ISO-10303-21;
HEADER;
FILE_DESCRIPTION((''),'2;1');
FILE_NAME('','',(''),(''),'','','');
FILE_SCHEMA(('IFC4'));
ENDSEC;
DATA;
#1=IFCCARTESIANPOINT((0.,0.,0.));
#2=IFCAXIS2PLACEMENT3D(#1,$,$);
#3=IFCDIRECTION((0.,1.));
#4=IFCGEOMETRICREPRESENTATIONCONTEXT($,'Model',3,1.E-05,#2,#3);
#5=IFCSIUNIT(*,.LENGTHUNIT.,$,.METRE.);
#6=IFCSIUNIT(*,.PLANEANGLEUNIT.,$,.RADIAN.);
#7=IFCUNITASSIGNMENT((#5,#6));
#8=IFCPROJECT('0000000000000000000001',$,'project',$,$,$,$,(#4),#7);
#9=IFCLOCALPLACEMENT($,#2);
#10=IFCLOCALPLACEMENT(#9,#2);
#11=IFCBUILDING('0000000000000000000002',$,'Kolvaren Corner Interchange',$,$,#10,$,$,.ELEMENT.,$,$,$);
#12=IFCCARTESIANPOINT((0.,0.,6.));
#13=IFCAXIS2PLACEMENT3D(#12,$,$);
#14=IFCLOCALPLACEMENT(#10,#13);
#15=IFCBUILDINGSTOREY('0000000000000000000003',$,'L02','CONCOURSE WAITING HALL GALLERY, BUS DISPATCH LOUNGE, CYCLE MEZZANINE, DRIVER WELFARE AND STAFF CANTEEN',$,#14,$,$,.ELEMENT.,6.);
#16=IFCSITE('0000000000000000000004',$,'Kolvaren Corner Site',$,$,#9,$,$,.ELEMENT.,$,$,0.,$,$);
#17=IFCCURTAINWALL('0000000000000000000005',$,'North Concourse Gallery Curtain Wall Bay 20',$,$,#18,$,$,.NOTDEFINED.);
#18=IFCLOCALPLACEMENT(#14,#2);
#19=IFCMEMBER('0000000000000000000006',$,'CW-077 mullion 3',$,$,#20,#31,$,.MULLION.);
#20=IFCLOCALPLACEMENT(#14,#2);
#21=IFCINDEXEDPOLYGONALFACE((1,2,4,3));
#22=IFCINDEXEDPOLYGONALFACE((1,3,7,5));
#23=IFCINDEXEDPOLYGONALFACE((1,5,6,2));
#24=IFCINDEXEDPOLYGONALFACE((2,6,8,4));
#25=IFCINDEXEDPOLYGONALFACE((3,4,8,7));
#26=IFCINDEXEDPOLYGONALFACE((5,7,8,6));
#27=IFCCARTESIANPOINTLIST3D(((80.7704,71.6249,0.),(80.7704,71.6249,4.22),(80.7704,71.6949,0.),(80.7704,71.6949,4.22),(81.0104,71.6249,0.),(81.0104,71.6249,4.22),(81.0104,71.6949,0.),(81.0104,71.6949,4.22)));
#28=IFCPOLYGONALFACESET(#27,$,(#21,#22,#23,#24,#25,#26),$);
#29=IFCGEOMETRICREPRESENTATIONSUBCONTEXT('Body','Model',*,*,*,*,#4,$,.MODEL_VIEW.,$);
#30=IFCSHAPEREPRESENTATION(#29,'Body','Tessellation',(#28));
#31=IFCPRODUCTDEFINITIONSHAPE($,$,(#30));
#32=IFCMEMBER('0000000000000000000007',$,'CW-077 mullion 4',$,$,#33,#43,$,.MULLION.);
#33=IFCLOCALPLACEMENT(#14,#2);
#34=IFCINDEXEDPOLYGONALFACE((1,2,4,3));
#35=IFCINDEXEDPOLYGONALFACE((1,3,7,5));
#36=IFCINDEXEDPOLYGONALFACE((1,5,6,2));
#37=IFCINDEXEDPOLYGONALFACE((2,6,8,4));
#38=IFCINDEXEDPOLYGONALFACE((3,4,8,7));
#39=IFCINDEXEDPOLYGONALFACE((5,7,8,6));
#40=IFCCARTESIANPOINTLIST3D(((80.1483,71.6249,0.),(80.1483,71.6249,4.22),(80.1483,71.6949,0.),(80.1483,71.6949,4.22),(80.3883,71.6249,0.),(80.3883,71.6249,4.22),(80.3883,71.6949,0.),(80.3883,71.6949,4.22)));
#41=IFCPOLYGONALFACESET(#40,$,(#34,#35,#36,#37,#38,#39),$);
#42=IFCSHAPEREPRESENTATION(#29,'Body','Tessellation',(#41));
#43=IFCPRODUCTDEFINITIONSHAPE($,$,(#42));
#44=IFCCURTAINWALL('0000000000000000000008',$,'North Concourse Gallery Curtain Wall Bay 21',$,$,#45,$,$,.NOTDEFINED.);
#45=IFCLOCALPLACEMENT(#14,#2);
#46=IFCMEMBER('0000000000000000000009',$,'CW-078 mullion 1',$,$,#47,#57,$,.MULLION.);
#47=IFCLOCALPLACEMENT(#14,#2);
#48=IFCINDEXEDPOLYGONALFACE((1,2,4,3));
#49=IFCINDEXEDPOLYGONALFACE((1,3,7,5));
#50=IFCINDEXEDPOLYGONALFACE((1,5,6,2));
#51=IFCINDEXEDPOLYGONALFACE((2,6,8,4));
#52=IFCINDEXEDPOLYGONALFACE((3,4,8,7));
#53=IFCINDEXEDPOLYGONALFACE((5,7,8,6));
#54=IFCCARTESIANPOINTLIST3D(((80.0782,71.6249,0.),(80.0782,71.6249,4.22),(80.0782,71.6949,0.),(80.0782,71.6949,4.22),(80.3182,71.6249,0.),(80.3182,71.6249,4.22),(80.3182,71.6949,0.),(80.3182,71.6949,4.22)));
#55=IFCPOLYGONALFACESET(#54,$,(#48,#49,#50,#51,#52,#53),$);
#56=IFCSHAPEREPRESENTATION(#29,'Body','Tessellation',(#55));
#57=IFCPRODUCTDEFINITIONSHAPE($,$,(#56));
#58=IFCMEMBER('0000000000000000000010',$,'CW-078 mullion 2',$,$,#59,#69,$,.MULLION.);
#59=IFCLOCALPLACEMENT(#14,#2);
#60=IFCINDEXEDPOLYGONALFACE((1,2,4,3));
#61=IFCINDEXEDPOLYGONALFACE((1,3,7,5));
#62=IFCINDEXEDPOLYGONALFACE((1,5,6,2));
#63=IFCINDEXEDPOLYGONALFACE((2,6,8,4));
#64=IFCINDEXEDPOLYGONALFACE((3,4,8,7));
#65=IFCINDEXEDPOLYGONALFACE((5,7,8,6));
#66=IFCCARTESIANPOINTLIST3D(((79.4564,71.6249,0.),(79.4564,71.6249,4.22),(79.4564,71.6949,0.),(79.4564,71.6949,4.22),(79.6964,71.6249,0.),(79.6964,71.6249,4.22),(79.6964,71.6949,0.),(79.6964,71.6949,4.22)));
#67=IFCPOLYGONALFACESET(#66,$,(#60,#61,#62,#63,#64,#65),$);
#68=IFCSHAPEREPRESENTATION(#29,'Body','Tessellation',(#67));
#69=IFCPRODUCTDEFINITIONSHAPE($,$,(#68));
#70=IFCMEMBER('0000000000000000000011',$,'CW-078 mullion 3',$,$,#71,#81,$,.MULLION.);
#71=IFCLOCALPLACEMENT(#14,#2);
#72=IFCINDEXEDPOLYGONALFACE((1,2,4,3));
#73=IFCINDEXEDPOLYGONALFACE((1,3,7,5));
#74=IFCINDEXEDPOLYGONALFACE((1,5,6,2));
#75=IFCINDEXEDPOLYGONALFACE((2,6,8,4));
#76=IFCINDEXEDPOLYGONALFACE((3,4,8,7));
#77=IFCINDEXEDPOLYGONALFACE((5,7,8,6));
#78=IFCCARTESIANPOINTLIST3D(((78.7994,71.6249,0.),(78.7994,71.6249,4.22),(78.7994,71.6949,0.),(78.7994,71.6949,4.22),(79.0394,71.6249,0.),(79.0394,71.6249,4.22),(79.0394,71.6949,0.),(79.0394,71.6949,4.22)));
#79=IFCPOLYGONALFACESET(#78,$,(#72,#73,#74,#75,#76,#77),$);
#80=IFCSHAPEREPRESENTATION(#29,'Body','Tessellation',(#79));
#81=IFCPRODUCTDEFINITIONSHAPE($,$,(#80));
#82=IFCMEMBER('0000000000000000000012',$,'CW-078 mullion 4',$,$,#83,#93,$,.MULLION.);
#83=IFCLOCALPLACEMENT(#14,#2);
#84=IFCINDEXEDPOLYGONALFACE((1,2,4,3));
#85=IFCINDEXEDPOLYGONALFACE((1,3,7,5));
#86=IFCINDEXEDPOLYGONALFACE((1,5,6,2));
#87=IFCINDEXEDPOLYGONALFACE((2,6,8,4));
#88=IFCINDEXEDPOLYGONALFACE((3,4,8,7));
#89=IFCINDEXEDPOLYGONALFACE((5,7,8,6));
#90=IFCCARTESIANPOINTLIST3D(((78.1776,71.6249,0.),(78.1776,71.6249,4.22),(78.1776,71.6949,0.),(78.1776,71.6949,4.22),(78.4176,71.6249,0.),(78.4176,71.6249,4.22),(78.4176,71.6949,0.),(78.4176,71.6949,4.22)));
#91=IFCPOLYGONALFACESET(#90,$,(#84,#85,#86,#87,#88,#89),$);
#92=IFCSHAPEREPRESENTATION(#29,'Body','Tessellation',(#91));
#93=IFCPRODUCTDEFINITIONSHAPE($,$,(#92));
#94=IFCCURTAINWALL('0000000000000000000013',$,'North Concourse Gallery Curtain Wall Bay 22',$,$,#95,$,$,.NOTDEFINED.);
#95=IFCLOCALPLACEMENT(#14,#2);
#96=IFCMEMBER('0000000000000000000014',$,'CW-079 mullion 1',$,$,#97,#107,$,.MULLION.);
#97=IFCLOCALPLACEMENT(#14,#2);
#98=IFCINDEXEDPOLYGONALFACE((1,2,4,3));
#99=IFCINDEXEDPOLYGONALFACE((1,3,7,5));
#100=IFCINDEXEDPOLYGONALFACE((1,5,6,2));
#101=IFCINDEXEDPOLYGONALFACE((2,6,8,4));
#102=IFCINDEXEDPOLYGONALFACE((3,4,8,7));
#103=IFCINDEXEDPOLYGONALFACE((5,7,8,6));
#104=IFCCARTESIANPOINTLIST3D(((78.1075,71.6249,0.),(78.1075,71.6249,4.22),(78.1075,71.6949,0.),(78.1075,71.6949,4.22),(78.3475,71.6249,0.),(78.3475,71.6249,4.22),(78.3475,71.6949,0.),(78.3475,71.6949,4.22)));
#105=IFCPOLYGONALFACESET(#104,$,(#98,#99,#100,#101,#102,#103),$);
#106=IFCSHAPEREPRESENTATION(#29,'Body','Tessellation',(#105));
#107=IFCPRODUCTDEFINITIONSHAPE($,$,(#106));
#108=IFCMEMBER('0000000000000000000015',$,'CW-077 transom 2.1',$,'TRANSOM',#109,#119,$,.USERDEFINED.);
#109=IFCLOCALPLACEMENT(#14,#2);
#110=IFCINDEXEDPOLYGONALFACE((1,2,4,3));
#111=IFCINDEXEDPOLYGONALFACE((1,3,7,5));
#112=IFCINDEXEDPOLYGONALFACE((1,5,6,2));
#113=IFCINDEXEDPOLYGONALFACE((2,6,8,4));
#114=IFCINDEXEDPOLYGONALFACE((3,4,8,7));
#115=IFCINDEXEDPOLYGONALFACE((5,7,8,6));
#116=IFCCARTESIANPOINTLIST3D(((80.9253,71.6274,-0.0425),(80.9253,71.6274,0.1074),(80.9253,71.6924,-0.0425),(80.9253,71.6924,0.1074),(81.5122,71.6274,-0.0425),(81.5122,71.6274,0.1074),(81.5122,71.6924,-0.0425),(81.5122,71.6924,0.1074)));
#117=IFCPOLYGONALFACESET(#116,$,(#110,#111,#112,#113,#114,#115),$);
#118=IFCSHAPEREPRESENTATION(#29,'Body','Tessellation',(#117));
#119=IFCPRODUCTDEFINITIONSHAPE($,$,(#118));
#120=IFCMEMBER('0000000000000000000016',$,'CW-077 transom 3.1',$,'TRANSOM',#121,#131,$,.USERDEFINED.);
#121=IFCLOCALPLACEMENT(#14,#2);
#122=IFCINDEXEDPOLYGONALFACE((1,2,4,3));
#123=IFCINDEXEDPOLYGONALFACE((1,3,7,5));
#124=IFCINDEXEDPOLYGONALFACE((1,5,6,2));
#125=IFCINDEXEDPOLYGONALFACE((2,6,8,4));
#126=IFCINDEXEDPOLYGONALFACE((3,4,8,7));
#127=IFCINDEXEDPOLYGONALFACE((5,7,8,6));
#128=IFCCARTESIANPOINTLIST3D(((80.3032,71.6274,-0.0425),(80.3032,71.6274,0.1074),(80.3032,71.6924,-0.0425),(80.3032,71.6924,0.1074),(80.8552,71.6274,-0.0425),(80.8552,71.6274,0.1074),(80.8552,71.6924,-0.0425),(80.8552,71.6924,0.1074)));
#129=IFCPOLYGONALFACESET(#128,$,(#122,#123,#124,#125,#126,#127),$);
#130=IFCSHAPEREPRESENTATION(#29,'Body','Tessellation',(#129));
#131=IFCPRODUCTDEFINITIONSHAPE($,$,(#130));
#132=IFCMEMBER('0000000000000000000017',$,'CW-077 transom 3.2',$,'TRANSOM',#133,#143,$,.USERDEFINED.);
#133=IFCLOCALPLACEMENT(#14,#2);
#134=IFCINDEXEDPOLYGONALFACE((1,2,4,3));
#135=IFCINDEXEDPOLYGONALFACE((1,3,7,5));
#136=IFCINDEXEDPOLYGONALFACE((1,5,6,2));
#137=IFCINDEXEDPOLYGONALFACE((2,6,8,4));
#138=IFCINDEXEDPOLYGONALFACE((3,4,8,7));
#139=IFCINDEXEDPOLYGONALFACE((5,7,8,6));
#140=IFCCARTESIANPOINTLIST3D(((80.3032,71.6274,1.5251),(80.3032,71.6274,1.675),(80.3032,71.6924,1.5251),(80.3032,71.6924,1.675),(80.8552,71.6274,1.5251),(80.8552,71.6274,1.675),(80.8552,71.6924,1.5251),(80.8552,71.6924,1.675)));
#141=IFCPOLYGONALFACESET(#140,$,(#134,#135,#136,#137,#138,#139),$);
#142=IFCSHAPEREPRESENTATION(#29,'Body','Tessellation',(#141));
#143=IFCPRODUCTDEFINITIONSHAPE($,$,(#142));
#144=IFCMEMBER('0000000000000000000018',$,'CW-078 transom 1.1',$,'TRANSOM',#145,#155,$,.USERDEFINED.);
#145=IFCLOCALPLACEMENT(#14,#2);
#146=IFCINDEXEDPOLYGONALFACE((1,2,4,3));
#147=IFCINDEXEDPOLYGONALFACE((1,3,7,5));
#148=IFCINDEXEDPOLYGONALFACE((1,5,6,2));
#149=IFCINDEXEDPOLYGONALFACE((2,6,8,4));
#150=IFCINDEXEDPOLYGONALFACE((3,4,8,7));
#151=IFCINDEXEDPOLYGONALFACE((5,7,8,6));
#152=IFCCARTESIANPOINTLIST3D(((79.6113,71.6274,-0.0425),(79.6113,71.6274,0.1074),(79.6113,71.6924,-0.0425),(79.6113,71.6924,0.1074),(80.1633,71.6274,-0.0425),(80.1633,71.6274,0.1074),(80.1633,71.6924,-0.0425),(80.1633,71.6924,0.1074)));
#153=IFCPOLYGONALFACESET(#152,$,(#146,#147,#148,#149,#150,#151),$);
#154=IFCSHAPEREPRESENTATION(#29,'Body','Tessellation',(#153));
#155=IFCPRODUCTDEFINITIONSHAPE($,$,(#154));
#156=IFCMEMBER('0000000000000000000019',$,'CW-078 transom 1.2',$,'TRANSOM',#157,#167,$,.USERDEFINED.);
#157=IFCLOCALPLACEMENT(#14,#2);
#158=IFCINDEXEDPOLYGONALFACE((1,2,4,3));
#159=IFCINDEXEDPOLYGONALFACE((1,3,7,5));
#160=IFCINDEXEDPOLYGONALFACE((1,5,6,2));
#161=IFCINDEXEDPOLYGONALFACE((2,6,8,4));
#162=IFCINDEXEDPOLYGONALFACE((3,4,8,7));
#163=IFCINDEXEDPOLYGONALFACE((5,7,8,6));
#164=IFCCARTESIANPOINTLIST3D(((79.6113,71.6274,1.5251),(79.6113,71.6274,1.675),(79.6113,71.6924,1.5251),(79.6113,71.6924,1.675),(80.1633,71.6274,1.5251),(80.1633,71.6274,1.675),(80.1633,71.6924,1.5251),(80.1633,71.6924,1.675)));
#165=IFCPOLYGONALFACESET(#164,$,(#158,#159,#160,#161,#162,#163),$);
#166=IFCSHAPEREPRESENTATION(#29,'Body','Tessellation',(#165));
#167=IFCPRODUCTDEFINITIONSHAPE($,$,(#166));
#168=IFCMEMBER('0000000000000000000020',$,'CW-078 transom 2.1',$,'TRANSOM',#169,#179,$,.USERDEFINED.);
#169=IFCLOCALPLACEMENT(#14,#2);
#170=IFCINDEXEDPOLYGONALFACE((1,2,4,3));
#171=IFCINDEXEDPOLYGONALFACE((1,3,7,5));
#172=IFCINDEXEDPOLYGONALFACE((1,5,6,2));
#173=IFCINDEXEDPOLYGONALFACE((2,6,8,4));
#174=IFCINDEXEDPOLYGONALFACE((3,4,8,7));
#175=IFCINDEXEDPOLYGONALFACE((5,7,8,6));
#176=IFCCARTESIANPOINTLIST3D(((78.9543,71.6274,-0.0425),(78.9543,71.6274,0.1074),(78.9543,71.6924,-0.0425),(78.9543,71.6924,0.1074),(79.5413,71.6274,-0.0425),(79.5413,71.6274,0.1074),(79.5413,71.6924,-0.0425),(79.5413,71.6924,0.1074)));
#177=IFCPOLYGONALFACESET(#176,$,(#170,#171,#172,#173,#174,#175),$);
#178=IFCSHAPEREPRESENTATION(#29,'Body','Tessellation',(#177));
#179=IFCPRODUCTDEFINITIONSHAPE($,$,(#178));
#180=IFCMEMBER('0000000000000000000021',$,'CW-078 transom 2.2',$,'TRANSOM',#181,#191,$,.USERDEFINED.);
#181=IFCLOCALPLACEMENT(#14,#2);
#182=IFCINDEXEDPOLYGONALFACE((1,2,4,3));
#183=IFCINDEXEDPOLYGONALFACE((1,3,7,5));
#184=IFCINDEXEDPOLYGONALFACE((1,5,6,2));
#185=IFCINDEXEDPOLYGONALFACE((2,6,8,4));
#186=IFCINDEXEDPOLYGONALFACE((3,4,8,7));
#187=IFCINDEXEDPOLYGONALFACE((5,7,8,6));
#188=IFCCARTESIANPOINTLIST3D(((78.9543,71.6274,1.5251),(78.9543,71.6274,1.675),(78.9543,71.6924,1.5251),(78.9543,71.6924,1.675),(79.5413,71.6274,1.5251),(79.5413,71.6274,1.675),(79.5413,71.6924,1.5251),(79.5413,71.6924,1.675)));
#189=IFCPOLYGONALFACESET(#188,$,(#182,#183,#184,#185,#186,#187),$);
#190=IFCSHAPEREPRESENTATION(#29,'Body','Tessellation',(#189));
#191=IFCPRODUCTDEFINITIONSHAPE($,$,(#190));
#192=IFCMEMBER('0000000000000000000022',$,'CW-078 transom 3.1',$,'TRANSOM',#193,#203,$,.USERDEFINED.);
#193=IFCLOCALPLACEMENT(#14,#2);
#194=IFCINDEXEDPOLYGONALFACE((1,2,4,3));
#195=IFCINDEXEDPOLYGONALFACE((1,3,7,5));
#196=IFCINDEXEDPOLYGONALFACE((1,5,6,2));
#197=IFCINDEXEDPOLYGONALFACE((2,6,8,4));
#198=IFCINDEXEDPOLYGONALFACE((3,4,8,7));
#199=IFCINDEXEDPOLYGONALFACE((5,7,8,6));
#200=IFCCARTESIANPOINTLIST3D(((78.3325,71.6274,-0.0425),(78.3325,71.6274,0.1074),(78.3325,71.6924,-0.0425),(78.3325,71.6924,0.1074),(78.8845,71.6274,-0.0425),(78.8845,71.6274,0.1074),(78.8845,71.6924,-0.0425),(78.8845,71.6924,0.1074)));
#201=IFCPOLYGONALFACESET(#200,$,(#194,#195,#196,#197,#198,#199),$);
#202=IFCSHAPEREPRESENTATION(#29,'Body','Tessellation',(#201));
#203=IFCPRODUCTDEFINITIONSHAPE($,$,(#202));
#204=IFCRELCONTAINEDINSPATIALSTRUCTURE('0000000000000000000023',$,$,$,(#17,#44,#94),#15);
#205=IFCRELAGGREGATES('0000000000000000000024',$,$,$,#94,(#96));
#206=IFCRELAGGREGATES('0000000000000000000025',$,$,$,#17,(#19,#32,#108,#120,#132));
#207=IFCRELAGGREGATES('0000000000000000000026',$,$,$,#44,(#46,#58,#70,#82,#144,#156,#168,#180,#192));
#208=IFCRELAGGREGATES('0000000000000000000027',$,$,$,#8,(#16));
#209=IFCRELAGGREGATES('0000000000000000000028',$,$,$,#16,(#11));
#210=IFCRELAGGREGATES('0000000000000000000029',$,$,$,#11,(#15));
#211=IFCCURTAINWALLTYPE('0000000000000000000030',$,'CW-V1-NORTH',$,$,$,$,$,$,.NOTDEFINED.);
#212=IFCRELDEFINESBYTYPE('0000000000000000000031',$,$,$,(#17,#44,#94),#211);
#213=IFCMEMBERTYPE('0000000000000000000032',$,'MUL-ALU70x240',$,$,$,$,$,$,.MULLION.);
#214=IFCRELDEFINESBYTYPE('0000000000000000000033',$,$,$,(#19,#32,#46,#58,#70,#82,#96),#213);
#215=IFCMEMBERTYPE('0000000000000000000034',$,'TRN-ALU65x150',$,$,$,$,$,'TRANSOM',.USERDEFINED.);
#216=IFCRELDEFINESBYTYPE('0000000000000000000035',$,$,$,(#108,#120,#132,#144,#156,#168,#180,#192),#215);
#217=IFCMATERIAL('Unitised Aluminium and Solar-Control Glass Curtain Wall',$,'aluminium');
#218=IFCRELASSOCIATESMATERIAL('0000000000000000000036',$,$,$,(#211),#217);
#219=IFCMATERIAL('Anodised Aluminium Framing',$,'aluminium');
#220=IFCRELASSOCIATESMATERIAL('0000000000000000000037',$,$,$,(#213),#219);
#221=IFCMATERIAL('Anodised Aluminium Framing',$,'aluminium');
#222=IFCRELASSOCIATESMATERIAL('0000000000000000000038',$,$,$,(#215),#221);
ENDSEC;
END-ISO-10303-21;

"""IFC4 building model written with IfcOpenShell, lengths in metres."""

from ifc_helpers import new_model, si_unit, direction, frame, origin, origin_2d, place, context, subcontext, project, spatial, rectangle, extrude, material, material_profile, profile_set, type_object, element, aggregate, save


model = new_model("IFC4")

# Units and contexts
model_context = context("Model", 3, precision=1e-05, world=origin(), true_north=direction((0.0, 1.0)))
body_context = subcontext(model_context, "Body", "Model", "MODEL_VIEW")
ifc_project = project(units=[si_unit("LENGTHUNIT", "METRE"), si_unit("PLANEANGLEUNIT", "RADIAN")], contexts=[model_context])

# Site, building, storey
site_placement = place(None, origin())
site = spatial("IfcSite", under=ifc_project, at=site_placement, Name="Kolvaren Corner Site", CompositionType="ELEMENT", RefElevation=0.0)
building_placement = place(site_placement, origin())
building = spatial("IfcBuilding", under=site, at=building_placement, Name="Kolvaren Corner Interchange", CompositionType="ELEMENT")
storey_placement = place(building_placement, frame((0.0, 0.0, 6.0)))
storey = spatial("IfcBuildingStorey", under=building, at=storey_placement, Name="L02", Description="CONCOURSE WAITING HALL GALLERY, BUS DISPATCH LOUNGE, CYCLE MEZZANINE, DRIVER WELFARE AND STAFF CANTEEN", CompositionType="ELEMENT", Elevation=6.0)

# Curtain walls, members
ifc_material_1 = material(Name="Unitised Aluminium and Solar-Control Glass Curtain Wall", Category="aluminium")
curtain_wall_type = type_object("IfcCurtainWallType", Name="CW-V1-NORTH", PredefinedType="NOTDEFINED", material=ifc_material_1)
curtain_wall_1_placement = place(storey_placement, origin())
curtain_wall_1 = element("IfcCurtainWall", 1, at=curtain_wall_1_placement, inside=storey, type_object=curtain_wall_type, Name="North Concourse Gallery Curtain Wall Bay 20", PredefinedType="NOTDEFINED")
ifc_material_2 = material(Name="Anodised Aluminium Framing", Category="aluminium")
ifc_material_profile_1 = material_profile(ifc_material_2, rectangle(XDim=0.0701, YDim=0.24, at=origin_2d()), Name="ALU 70x240")
ifc_profile_set_1 = profile_set([ifc_material_profile_1], Name="Anodised Aluminium Framing")
member_type_1 = type_object("IfcMemberType", Name="MUL-ALU70x240", PredefinedType="MULLION", material=ifc_profile_set_1)
member_1_placement = place(storey_placement, frame((80.8904, 71.6599, 0.0), z_axis=(0.0, 0.0, 1.0), x_axis=(0.0, -1.0, 0.0)))
member_1 = element("IfcMember", 2, at=member_1_placement, type_object=member_type_1, Name="CW-077 mullion 3", PredefinedType="MULLION", context=body_context, shape_type="SweptSolid", body=[
    extrude(rectangle(XDim=0.0701, YDim=0.24, at=origin_2d()), origin(), (0.0, 0.0, 1.0), 4.22),
])
member_2_placement = place(storey_placement, frame((80.2683, 71.6599, 0.0), z_axis=(0.0, 0.0, 1.0), x_axis=(0.0, -1.0, 0.0)))
member_2 = element("IfcMember", 3, at=member_2_placement, type_object=member_type_1, Name="CW-077 mullion 4", PredefinedType="MULLION", context=body_context, shape_type="SweptSolid", body=[
    extrude(rectangle(XDim=0.0701, YDim=0.24, at=origin_2d()), origin(), (0.0, 0.0, 1.0), 4.22),
])
curtain_wall_2_placement = place(storey_placement, origin())
curtain_wall_2 = element("IfcCurtainWall", 4, at=curtain_wall_2_placement, inside=storey, type_object=curtain_wall_type, Name="North Concourse Gallery Curtain Wall Bay 21", PredefinedType="NOTDEFINED")
member_3_placement = place(storey_placement, frame((80.1982, 71.6599, 0.0), z_axis=(0.0, 0.0, 1.0), x_axis=(0.0, -1.0, 0.0)))
member_3 = element("IfcMember", 5, at=member_3_placement, type_object=member_type_1, Name="CW-078 mullion 1", PredefinedType="MULLION", context=body_context, shape_type="SweptSolid", body=[
    extrude(rectangle(XDim=0.0701, YDim=0.24, at=origin_2d()), origin(), (0.0, 0.0, 1.0), 4.22),
])
member_4_placement = place(storey_placement, frame((79.5764, 71.6599, 0.0), z_axis=(0.0, 0.0, 1.0), x_axis=(0.0, -1.0, 0.0)))
member_4 = element("IfcMember", 6, at=member_4_placement, type_object=member_type_1, Name="CW-078 mullion 2", PredefinedType="MULLION", context=body_context, shape_type="SweptSolid", body=[
    extrude(rectangle(XDim=0.0701, YDim=0.24, at=origin_2d()), origin(), (0.0, 0.0, 1.0), 4.22),
])
member_5_placement = place(storey_placement, frame((78.9194, 71.6599, 0.0), z_axis=(0.0, 0.0, 1.0), x_axis=(0.0, -1.0, 0.0)))
member_5 = element("IfcMember", 7, at=member_5_placement, type_object=member_type_1, Name="CW-078 mullion 3", PredefinedType="MULLION", context=body_context, shape_type="SweptSolid", body=[
    extrude(rectangle(XDim=0.0701, YDim=0.24, at=origin_2d()), origin(), (0.0, 0.0, 1.0), 4.22),
])
member_6_placement = place(storey_placement, frame((78.2976, 71.6599, 0.0), z_axis=(0.0, 0.0, 1.0), x_axis=(0.0, -1.0, 0.0)))
member_6 = element("IfcMember", 8, at=member_6_placement, type_object=member_type_1, Name="CW-078 mullion 4", PredefinedType="MULLION", context=body_context, shape_type="SweptSolid", body=[
    extrude(rectangle(XDim=0.0701, YDim=0.24, at=origin_2d()), origin(), (0.0, 0.0, 1.0), 4.22),
])

# Curtain wall, member
curtain_wall_3_placement = place(storey_placement, origin())
curtain_wall_3 = element("IfcCurtainWall", 9, at=curtain_wall_3_placement, inside=storey, type_object=curtain_wall_type, Name="North Concourse Gallery Curtain Wall Bay 22", PredefinedType="NOTDEFINED")
member_7_placement = place(storey_placement, frame((78.2275, 71.6599, 0.0), z_axis=(0.0, 0.0, 1.0), x_axis=(0.0, -1.0, 0.0)))
member_7 = element("IfcMember", 10, at=member_7_placement, type_object=member_type_1, Name="CW-079 mullion 1", PredefinedType="MULLION", context=body_context, shape_type="SweptSolid", body=[
    extrude(rectangle(XDim=0.0701, YDim=0.24, at=origin_2d()), origin(), (0.0, 0.0, 1.0), 4.22),
])

# Members
ifc_material_3 = material(Name="Anodised Aluminium Framing", Category="aluminium")
ifc_material_profile_2 = material_profile(ifc_material_3, rectangle(XDim=0.0649, YDim=0.1499, at=origin_2d()), Name="ALU 65x150")
ifc_profile_set_2 = profile_set([ifc_material_profile_2], Name="Anodised Aluminium Framing")
member_type_2 = type_object("IfcMemberType", Name="TRN-ALU65x150", ElementType="TRANSOM", PredefinedType="USERDEFINED", material=ifc_profile_set_2)
member_8_placement = place(storey_placement, frame((81.5122, 71.6599, 0.0325), z_axis=(-1.0, 0.0, 0.0), x_axis=(0.0, -1.0, 0.0)))
member_8 = element("IfcMember", 11, at=member_8_placement, type_object=member_type_2, Name="CW-077 transom 2.1", ObjectType="TRANSOM", PredefinedType="USERDEFINED", context=body_context, shape_type="SweptSolid", body=[
    extrude(rectangle(XDim=0.0649, YDim=0.1499, at=origin_2d()), origin(), (0.0, 0.0, 1.0), 0.5869),
])
member_9_placement = place(storey_placement, frame((80.8552, 71.6599, 0.0325), z_axis=(-1.0, 0.0, 0.0), x_axis=(0.0, -1.0, 0.0)))
member_9 = element("IfcMember", 12, at=member_9_placement, type_object=member_type_2, Name="CW-077 transom 3.1", ObjectType="TRANSOM", PredefinedType="USERDEFINED", context=body_context, shape_type="SweptSolid", body=[
    extrude(rectangle(XDim=0.0649, YDim=0.1499, at=origin_2d()), origin(), (0.0, 0.0, 1.0), 0.552),
])
member_10_placement = place(storey_placement, frame((80.8552, 71.6599, 1.6001), z_axis=(-1.0, 0.0, 0.0), x_axis=(0.0, -1.0, 0.0)))
member_10 = element("IfcMember", 13, at=member_10_placement, type_object=member_type_2, Name="CW-077 transom 3.2", ObjectType="TRANSOM", PredefinedType="USERDEFINED", context=body_context, shape_type="SweptSolid", body=[
    extrude(rectangle(XDim=0.0649, YDim=0.1499, at=origin_2d()), origin(), (0.0, 0.0, 1.0), 0.552),
])
member_11_placement = place(storey_placement, frame((80.1633, 71.6599, 0.0325), z_axis=(-1.0, 0.0, 0.0), x_axis=(0.0, -1.0, 0.0)))
member_11 = element("IfcMember", 14, at=member_11_placement, type_object=member_type_2, Name="CW-078 transom 1.1", ObjectType="TRANSOM", PredefinedType="USERDEFINED", context=body_context, shape_type="SweptSolid", body=[
    extrude(rectangle(XDim=0.0649, YDim=0.1499, at=origin_2d()), origin(), (0.0, 0.0, 1.0), 0.552),
])
member_12_placement = place(storey_placement, frame((80.1633, 71.6599, 1.6001), z_axis=(-1.0, 0.0, 0.0), x_axis=(0.0, -1.0, 0.0)))
member_12 = element("IfcMember", 15, at=member_12_placement, type_object=member_type_2, Name="CW-078 transom 1.2", ObjectType="TRANSOM", PredefinedType="USERDEFINED", context=body_context, shape_type="SweptSolid", body=[
    extrude(rectangle(XDim=0.0649, YDim=0.1499, at=origin_2d()), origin(), (0.0, 0.0, 1.0), 0.552),
])
member_13_placement = place(storey_placement, frame((79.5413, 71.6599, 0.0325), z_axis=(-1.0, 0.0, 0.0), x_axis=(0.0, -1.0, 0.0)))
member_13 = element("IfcMember", 16, at=member_13_placement, type_object=member_type_2, Name="CW-078 transom 2.1", ObjectType="TRANSOM", PredefinedType="USERDEFINED", context=body_context, shape_type="SweptSolid", body=[
    extrude(rectangle(XDim=0.0649, YDim=0.1499, at=origin_2d()), origin(), (0.0, 0.0, 1.0), 0.5869),
])
member_14_placement = place(storey_placement, frame((79.5413, 71.6599, 1.6001), z_axis=(-1.0, 0.0, 0.0), x_axis=(0.0, -1.0, 0.0)))
member_14 = element("IfcMember", 17, at=member_14_placement, type_object=member_type_2, Name="CW-078 transom 2.2", ObjectType="TRANSOM", PredefinedType="USERDEFINED", context=body_context, shape_type="SweptSolid", body=[
    extrude(rectangle(XDim=0.0649, YDim=0.1499, at=origin_2d()), origin(), (0.0, 0.0, 1.0), 0.5869),
])
member_15_placement = place(storey_placement, frame((78.8845, 71.6599, 0.0325), z_axis=(-1.0, 0.0, 0.0), x_axis=(0.0, -1.0, 0.0)))
member_15 = element("IfcMember", 18, at=member_15_placement, type_object=member_type_2, Name="CW-078 transom 3.1", ObjectType="TRANSOM", PredefinedType="USERDEFINED", context=body_context, shape_type="SweptSolid", body=[
    extrude(rectangle(XDim=0.0649, YDim=0.1499, at=origin_2d()), origin(), (0.0, 0.0, 1.0), 0.552),
])
aggregate(curtain_wall_3, [member_7])

aggregate(curtain_wall_1, [member_1, member_2, member_8, member_9, member_10])
aggregate(curtain_wall_2, [member_3, member_4, member_5, member_6, member_11, member_12, member_13, member_14, member_15])

save(model, "model.ifc")
